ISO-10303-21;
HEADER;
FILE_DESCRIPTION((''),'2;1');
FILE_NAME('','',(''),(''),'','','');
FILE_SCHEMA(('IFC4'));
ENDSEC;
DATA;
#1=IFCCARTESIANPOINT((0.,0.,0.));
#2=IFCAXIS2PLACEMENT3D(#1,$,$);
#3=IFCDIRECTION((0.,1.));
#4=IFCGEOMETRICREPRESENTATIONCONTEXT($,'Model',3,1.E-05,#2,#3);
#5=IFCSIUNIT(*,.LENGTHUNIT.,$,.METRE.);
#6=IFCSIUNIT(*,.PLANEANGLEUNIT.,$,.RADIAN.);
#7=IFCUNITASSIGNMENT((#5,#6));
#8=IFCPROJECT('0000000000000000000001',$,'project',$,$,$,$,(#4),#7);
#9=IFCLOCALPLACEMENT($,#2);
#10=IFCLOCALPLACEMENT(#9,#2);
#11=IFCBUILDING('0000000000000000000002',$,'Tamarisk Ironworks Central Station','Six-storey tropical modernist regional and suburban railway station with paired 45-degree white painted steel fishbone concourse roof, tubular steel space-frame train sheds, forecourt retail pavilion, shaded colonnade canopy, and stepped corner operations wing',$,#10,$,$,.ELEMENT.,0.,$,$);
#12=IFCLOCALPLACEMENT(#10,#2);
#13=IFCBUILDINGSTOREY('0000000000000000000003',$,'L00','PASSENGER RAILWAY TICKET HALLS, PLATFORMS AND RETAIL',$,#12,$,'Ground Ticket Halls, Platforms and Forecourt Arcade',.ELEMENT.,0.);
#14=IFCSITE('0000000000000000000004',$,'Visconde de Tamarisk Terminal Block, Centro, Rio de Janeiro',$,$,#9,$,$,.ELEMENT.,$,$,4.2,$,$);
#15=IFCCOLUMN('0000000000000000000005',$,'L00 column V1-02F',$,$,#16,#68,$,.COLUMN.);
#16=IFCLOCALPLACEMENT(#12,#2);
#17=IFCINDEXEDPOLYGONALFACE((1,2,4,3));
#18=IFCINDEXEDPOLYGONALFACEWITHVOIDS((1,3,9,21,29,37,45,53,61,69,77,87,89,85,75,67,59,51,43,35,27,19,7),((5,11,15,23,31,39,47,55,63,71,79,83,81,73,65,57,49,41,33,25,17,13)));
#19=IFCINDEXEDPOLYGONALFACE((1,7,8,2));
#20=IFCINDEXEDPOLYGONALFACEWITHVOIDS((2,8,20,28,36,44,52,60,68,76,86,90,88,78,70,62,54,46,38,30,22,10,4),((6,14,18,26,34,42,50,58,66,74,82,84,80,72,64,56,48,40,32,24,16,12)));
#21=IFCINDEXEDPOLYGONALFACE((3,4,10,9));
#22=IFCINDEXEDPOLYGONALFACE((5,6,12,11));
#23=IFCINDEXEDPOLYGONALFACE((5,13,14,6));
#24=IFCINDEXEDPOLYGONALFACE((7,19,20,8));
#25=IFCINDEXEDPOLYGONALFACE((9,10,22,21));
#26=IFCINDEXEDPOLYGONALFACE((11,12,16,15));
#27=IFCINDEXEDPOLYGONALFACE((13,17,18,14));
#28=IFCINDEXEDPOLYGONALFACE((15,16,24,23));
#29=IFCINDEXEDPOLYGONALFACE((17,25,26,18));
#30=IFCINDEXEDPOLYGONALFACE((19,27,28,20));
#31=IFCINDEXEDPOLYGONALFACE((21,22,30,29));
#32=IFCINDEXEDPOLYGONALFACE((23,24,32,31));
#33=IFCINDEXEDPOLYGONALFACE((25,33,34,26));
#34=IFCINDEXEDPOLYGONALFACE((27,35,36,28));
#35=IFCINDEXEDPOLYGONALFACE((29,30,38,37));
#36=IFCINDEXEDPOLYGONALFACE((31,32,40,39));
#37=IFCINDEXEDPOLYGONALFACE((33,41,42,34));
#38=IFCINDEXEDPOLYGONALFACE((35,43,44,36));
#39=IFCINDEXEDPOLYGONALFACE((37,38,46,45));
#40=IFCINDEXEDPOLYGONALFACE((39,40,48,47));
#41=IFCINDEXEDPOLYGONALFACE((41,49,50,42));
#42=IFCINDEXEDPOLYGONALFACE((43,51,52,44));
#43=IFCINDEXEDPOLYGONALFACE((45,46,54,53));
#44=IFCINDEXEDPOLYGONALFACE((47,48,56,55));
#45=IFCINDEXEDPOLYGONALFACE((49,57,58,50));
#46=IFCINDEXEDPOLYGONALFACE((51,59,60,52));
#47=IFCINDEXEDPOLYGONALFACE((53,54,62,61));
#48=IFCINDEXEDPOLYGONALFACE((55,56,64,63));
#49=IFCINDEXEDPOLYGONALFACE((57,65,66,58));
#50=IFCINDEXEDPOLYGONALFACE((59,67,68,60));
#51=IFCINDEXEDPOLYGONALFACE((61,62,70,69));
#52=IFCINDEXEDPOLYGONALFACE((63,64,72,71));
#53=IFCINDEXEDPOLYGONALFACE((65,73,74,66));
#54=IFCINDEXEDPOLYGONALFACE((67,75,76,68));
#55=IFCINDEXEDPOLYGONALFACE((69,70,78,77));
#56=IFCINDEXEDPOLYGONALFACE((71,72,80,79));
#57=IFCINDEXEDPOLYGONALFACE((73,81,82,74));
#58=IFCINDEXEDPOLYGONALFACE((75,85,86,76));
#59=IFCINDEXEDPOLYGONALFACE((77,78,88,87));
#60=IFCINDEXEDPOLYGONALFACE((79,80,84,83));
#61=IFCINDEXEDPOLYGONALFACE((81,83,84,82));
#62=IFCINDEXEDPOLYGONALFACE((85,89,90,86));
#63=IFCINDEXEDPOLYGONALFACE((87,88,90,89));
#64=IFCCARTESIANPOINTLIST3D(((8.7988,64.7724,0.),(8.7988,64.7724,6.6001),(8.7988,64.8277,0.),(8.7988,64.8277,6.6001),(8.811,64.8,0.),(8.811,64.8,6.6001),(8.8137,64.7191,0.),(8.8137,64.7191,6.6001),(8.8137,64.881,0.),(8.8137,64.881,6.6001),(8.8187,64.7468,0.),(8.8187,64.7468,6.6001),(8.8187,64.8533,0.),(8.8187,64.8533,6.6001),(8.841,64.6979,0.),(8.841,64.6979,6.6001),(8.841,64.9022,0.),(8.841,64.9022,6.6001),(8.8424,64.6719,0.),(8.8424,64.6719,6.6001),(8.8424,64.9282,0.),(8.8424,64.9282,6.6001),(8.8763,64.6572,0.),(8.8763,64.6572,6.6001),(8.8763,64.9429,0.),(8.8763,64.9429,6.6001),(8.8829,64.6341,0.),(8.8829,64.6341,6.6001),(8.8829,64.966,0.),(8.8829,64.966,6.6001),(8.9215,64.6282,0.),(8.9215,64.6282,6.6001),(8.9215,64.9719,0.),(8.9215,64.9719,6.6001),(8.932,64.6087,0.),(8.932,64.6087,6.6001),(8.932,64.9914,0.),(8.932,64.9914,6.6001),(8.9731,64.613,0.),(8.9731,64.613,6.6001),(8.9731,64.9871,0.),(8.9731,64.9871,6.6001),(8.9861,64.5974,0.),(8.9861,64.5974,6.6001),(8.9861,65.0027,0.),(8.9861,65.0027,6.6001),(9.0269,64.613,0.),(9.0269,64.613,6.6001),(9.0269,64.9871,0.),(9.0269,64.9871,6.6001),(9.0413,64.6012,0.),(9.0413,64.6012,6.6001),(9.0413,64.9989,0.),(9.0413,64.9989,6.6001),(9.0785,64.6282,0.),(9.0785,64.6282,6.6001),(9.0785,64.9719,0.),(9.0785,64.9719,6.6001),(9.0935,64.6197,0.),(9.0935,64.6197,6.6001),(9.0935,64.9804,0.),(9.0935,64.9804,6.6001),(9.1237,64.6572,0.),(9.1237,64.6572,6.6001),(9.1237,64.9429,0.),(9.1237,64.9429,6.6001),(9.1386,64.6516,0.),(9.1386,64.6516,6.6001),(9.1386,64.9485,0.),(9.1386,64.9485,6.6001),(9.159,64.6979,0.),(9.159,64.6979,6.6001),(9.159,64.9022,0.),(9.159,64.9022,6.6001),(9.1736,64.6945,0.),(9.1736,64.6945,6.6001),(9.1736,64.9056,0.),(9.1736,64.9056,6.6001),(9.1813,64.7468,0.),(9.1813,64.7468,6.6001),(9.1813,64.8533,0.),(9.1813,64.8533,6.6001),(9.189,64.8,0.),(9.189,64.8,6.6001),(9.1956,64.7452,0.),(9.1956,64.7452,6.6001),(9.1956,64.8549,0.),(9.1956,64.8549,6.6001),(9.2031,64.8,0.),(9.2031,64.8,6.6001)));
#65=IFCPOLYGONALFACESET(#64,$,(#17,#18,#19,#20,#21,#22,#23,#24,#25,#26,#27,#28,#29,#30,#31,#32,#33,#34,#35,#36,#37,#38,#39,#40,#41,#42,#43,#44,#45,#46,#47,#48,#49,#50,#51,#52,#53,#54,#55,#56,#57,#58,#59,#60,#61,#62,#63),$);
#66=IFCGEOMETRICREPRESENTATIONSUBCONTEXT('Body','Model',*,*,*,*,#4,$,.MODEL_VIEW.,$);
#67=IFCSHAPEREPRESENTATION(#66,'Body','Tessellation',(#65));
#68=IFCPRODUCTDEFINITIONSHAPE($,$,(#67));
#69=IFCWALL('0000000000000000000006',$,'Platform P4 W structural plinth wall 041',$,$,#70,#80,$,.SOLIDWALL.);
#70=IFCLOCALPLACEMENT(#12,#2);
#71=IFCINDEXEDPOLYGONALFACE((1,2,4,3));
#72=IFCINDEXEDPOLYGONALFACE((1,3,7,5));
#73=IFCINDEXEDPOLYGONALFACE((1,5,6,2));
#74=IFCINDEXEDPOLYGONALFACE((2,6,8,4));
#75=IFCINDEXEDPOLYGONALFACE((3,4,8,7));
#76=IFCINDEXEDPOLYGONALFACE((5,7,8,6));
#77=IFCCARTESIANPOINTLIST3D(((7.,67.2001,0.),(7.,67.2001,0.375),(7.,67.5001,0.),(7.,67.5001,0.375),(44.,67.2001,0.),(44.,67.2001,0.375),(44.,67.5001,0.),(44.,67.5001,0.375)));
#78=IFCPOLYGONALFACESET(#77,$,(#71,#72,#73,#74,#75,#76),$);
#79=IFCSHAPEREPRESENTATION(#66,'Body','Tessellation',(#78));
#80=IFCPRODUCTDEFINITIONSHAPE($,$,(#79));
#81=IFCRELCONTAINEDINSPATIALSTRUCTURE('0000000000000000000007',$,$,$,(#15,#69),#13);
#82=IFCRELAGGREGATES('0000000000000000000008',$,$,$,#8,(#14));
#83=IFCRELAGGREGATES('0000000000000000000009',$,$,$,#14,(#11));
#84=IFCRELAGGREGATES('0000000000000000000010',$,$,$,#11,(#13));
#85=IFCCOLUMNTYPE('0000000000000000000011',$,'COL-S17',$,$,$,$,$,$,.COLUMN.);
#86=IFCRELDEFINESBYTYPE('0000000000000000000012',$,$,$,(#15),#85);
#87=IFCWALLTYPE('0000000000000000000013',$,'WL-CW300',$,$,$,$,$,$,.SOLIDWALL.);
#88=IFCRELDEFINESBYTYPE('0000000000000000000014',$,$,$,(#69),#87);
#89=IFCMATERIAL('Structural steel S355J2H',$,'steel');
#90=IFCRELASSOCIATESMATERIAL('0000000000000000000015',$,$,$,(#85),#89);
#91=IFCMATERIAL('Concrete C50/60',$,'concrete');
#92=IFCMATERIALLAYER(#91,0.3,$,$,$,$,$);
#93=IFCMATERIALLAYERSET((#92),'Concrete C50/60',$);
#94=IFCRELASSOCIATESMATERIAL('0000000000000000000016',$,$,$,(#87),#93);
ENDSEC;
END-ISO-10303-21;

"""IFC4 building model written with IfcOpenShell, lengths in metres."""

from ifc_helpers import new_model, si_unit, direction, frame, frame_2d, origin, origin_2d, place, context, subcontext, project, spatial, rectangle, hollow_circle, extrude, material, layer, layer_set, material_profile, profile_set, type_object, element, save


model = new_model("IFC4")

# Units and contexts
model_context = context("Model", 3, precision=1e-05, world=origin(), true_north=direction((0.0, 1.0)))
body_context = subcontext(model_context, "Body", "Model", "MODEL_VIEW")
ifc_project = project(units=[si_unit("LENGTHUNIT", "METRE"), si_unit("PLANEANGLEUNIT", "RADIAN")], contexts=[model_context])

# Site, building, storey
site_placement = place(None, origin())
site = spatial("IfcSite", under=ifc_project, at=site_placement, Name="Visconde de Tamarisk Terminal Block, Centro, Rio de Janeiro", CompositionType="ELEMENT", RefElevation=4.2)
building_placement = place(site_placement, origin())
building = spatial("IfcBuilding", under=site, at=building_placement, Name="Tamarisk Ironworks Central Station", Description="Six-storey tropical modernist regional and suburban railway station with paired 45-degree white painted steel fishbone concourse roof, tubular steel space-frame train sheds, forecourt retail pavilion, shaded colonnade canopy, and stepped corner operations wing", CompositionType="ELEMENT", ElevationOfRefHeight=0.0)
storey_placement = place(building_placement, origin())
storey = spatial("IfcBuildingStorey", under=building, at=storey_placement, Name="L00", Description="PASSENGER RAILWAY TICKET HALLS, PLATFORMS AND RETAIL", LongName="Ground Ticket Halls, Platforms and Forecourt Arcade", CompositionType="ELEMENT", Elevation=0.0)

# Column
ifc_material_1 = material(Name="Structural steel S355J2H", Category="steel")
ifc_material_profile_1 = material_profile(ifc_material_1, hollow_circle(Radius=0.2031, WallThickness=0.0142, at=origin_2d()), Name="CHS 406.4x14.2")
ifc_profile_set_1 = profile_set([ifc_material_profile_1], Name="Structural steel S355J2H")
column_type_1 = type_object("IfcColumnType", Name="COL-S17", PredefinedType="COLUMN", material=ifc_profile_set_1)
column_1_placement = place(storey_placement, frame((9.0, 64.8, 0.0), z_axis=(0.0, 0.0, 1.0), x_axis=(1.0, 0.0, 0.0)))
element("IfcColumn", 1, at=column_1_placement, inside=storey, type_object=column_type_1, Name="L00 column V1-02F", PredefinedType="COLUMN", context=body_context, shape_type="SweptSolid", body=[
    extrude(hollow_circle(Radius=0.2031, WallThickness=0.0142, at=origin_2d()), origin(), (0.0, 0.0, 1.0), 6.6001),
])

# Wall
ifc_material_2 = material(Name="Concrete C50/60", Category="concrete")
ifc_layer = layer(ifc_material_2, 0.3)
ifc_layer_set = layer_set([ifc_layer], Name="Concrete C50/60")
wall_type = type_object("IfcWallType", Name="WL-CW300", PredefinedType="SOLIDWALL", material=ifc_layer_set)
wall_placement = place(storey_placement, frame((7.0, 67.3501, 0.0), z_axis=(0.0, 0.0, 1.0), x_axis=(1.0, 0.0, 0.0)))
element("IfcWall", 2, at=wall_placement, inside=storey, type_object=wall_type, Name="Platform P4 W structural plinth wall 041", PredefinedType="SOLIDWALL", context=body_context, shape_type="SweptSolid", body=[
    extrude(rectangle(XDim=37.0, YDim=0.3, at=frame_2d((18.5, 0.0))), origin(), (0.0, 0.0, 1.0), 0.375),
])

save(model, "model.ifc")
